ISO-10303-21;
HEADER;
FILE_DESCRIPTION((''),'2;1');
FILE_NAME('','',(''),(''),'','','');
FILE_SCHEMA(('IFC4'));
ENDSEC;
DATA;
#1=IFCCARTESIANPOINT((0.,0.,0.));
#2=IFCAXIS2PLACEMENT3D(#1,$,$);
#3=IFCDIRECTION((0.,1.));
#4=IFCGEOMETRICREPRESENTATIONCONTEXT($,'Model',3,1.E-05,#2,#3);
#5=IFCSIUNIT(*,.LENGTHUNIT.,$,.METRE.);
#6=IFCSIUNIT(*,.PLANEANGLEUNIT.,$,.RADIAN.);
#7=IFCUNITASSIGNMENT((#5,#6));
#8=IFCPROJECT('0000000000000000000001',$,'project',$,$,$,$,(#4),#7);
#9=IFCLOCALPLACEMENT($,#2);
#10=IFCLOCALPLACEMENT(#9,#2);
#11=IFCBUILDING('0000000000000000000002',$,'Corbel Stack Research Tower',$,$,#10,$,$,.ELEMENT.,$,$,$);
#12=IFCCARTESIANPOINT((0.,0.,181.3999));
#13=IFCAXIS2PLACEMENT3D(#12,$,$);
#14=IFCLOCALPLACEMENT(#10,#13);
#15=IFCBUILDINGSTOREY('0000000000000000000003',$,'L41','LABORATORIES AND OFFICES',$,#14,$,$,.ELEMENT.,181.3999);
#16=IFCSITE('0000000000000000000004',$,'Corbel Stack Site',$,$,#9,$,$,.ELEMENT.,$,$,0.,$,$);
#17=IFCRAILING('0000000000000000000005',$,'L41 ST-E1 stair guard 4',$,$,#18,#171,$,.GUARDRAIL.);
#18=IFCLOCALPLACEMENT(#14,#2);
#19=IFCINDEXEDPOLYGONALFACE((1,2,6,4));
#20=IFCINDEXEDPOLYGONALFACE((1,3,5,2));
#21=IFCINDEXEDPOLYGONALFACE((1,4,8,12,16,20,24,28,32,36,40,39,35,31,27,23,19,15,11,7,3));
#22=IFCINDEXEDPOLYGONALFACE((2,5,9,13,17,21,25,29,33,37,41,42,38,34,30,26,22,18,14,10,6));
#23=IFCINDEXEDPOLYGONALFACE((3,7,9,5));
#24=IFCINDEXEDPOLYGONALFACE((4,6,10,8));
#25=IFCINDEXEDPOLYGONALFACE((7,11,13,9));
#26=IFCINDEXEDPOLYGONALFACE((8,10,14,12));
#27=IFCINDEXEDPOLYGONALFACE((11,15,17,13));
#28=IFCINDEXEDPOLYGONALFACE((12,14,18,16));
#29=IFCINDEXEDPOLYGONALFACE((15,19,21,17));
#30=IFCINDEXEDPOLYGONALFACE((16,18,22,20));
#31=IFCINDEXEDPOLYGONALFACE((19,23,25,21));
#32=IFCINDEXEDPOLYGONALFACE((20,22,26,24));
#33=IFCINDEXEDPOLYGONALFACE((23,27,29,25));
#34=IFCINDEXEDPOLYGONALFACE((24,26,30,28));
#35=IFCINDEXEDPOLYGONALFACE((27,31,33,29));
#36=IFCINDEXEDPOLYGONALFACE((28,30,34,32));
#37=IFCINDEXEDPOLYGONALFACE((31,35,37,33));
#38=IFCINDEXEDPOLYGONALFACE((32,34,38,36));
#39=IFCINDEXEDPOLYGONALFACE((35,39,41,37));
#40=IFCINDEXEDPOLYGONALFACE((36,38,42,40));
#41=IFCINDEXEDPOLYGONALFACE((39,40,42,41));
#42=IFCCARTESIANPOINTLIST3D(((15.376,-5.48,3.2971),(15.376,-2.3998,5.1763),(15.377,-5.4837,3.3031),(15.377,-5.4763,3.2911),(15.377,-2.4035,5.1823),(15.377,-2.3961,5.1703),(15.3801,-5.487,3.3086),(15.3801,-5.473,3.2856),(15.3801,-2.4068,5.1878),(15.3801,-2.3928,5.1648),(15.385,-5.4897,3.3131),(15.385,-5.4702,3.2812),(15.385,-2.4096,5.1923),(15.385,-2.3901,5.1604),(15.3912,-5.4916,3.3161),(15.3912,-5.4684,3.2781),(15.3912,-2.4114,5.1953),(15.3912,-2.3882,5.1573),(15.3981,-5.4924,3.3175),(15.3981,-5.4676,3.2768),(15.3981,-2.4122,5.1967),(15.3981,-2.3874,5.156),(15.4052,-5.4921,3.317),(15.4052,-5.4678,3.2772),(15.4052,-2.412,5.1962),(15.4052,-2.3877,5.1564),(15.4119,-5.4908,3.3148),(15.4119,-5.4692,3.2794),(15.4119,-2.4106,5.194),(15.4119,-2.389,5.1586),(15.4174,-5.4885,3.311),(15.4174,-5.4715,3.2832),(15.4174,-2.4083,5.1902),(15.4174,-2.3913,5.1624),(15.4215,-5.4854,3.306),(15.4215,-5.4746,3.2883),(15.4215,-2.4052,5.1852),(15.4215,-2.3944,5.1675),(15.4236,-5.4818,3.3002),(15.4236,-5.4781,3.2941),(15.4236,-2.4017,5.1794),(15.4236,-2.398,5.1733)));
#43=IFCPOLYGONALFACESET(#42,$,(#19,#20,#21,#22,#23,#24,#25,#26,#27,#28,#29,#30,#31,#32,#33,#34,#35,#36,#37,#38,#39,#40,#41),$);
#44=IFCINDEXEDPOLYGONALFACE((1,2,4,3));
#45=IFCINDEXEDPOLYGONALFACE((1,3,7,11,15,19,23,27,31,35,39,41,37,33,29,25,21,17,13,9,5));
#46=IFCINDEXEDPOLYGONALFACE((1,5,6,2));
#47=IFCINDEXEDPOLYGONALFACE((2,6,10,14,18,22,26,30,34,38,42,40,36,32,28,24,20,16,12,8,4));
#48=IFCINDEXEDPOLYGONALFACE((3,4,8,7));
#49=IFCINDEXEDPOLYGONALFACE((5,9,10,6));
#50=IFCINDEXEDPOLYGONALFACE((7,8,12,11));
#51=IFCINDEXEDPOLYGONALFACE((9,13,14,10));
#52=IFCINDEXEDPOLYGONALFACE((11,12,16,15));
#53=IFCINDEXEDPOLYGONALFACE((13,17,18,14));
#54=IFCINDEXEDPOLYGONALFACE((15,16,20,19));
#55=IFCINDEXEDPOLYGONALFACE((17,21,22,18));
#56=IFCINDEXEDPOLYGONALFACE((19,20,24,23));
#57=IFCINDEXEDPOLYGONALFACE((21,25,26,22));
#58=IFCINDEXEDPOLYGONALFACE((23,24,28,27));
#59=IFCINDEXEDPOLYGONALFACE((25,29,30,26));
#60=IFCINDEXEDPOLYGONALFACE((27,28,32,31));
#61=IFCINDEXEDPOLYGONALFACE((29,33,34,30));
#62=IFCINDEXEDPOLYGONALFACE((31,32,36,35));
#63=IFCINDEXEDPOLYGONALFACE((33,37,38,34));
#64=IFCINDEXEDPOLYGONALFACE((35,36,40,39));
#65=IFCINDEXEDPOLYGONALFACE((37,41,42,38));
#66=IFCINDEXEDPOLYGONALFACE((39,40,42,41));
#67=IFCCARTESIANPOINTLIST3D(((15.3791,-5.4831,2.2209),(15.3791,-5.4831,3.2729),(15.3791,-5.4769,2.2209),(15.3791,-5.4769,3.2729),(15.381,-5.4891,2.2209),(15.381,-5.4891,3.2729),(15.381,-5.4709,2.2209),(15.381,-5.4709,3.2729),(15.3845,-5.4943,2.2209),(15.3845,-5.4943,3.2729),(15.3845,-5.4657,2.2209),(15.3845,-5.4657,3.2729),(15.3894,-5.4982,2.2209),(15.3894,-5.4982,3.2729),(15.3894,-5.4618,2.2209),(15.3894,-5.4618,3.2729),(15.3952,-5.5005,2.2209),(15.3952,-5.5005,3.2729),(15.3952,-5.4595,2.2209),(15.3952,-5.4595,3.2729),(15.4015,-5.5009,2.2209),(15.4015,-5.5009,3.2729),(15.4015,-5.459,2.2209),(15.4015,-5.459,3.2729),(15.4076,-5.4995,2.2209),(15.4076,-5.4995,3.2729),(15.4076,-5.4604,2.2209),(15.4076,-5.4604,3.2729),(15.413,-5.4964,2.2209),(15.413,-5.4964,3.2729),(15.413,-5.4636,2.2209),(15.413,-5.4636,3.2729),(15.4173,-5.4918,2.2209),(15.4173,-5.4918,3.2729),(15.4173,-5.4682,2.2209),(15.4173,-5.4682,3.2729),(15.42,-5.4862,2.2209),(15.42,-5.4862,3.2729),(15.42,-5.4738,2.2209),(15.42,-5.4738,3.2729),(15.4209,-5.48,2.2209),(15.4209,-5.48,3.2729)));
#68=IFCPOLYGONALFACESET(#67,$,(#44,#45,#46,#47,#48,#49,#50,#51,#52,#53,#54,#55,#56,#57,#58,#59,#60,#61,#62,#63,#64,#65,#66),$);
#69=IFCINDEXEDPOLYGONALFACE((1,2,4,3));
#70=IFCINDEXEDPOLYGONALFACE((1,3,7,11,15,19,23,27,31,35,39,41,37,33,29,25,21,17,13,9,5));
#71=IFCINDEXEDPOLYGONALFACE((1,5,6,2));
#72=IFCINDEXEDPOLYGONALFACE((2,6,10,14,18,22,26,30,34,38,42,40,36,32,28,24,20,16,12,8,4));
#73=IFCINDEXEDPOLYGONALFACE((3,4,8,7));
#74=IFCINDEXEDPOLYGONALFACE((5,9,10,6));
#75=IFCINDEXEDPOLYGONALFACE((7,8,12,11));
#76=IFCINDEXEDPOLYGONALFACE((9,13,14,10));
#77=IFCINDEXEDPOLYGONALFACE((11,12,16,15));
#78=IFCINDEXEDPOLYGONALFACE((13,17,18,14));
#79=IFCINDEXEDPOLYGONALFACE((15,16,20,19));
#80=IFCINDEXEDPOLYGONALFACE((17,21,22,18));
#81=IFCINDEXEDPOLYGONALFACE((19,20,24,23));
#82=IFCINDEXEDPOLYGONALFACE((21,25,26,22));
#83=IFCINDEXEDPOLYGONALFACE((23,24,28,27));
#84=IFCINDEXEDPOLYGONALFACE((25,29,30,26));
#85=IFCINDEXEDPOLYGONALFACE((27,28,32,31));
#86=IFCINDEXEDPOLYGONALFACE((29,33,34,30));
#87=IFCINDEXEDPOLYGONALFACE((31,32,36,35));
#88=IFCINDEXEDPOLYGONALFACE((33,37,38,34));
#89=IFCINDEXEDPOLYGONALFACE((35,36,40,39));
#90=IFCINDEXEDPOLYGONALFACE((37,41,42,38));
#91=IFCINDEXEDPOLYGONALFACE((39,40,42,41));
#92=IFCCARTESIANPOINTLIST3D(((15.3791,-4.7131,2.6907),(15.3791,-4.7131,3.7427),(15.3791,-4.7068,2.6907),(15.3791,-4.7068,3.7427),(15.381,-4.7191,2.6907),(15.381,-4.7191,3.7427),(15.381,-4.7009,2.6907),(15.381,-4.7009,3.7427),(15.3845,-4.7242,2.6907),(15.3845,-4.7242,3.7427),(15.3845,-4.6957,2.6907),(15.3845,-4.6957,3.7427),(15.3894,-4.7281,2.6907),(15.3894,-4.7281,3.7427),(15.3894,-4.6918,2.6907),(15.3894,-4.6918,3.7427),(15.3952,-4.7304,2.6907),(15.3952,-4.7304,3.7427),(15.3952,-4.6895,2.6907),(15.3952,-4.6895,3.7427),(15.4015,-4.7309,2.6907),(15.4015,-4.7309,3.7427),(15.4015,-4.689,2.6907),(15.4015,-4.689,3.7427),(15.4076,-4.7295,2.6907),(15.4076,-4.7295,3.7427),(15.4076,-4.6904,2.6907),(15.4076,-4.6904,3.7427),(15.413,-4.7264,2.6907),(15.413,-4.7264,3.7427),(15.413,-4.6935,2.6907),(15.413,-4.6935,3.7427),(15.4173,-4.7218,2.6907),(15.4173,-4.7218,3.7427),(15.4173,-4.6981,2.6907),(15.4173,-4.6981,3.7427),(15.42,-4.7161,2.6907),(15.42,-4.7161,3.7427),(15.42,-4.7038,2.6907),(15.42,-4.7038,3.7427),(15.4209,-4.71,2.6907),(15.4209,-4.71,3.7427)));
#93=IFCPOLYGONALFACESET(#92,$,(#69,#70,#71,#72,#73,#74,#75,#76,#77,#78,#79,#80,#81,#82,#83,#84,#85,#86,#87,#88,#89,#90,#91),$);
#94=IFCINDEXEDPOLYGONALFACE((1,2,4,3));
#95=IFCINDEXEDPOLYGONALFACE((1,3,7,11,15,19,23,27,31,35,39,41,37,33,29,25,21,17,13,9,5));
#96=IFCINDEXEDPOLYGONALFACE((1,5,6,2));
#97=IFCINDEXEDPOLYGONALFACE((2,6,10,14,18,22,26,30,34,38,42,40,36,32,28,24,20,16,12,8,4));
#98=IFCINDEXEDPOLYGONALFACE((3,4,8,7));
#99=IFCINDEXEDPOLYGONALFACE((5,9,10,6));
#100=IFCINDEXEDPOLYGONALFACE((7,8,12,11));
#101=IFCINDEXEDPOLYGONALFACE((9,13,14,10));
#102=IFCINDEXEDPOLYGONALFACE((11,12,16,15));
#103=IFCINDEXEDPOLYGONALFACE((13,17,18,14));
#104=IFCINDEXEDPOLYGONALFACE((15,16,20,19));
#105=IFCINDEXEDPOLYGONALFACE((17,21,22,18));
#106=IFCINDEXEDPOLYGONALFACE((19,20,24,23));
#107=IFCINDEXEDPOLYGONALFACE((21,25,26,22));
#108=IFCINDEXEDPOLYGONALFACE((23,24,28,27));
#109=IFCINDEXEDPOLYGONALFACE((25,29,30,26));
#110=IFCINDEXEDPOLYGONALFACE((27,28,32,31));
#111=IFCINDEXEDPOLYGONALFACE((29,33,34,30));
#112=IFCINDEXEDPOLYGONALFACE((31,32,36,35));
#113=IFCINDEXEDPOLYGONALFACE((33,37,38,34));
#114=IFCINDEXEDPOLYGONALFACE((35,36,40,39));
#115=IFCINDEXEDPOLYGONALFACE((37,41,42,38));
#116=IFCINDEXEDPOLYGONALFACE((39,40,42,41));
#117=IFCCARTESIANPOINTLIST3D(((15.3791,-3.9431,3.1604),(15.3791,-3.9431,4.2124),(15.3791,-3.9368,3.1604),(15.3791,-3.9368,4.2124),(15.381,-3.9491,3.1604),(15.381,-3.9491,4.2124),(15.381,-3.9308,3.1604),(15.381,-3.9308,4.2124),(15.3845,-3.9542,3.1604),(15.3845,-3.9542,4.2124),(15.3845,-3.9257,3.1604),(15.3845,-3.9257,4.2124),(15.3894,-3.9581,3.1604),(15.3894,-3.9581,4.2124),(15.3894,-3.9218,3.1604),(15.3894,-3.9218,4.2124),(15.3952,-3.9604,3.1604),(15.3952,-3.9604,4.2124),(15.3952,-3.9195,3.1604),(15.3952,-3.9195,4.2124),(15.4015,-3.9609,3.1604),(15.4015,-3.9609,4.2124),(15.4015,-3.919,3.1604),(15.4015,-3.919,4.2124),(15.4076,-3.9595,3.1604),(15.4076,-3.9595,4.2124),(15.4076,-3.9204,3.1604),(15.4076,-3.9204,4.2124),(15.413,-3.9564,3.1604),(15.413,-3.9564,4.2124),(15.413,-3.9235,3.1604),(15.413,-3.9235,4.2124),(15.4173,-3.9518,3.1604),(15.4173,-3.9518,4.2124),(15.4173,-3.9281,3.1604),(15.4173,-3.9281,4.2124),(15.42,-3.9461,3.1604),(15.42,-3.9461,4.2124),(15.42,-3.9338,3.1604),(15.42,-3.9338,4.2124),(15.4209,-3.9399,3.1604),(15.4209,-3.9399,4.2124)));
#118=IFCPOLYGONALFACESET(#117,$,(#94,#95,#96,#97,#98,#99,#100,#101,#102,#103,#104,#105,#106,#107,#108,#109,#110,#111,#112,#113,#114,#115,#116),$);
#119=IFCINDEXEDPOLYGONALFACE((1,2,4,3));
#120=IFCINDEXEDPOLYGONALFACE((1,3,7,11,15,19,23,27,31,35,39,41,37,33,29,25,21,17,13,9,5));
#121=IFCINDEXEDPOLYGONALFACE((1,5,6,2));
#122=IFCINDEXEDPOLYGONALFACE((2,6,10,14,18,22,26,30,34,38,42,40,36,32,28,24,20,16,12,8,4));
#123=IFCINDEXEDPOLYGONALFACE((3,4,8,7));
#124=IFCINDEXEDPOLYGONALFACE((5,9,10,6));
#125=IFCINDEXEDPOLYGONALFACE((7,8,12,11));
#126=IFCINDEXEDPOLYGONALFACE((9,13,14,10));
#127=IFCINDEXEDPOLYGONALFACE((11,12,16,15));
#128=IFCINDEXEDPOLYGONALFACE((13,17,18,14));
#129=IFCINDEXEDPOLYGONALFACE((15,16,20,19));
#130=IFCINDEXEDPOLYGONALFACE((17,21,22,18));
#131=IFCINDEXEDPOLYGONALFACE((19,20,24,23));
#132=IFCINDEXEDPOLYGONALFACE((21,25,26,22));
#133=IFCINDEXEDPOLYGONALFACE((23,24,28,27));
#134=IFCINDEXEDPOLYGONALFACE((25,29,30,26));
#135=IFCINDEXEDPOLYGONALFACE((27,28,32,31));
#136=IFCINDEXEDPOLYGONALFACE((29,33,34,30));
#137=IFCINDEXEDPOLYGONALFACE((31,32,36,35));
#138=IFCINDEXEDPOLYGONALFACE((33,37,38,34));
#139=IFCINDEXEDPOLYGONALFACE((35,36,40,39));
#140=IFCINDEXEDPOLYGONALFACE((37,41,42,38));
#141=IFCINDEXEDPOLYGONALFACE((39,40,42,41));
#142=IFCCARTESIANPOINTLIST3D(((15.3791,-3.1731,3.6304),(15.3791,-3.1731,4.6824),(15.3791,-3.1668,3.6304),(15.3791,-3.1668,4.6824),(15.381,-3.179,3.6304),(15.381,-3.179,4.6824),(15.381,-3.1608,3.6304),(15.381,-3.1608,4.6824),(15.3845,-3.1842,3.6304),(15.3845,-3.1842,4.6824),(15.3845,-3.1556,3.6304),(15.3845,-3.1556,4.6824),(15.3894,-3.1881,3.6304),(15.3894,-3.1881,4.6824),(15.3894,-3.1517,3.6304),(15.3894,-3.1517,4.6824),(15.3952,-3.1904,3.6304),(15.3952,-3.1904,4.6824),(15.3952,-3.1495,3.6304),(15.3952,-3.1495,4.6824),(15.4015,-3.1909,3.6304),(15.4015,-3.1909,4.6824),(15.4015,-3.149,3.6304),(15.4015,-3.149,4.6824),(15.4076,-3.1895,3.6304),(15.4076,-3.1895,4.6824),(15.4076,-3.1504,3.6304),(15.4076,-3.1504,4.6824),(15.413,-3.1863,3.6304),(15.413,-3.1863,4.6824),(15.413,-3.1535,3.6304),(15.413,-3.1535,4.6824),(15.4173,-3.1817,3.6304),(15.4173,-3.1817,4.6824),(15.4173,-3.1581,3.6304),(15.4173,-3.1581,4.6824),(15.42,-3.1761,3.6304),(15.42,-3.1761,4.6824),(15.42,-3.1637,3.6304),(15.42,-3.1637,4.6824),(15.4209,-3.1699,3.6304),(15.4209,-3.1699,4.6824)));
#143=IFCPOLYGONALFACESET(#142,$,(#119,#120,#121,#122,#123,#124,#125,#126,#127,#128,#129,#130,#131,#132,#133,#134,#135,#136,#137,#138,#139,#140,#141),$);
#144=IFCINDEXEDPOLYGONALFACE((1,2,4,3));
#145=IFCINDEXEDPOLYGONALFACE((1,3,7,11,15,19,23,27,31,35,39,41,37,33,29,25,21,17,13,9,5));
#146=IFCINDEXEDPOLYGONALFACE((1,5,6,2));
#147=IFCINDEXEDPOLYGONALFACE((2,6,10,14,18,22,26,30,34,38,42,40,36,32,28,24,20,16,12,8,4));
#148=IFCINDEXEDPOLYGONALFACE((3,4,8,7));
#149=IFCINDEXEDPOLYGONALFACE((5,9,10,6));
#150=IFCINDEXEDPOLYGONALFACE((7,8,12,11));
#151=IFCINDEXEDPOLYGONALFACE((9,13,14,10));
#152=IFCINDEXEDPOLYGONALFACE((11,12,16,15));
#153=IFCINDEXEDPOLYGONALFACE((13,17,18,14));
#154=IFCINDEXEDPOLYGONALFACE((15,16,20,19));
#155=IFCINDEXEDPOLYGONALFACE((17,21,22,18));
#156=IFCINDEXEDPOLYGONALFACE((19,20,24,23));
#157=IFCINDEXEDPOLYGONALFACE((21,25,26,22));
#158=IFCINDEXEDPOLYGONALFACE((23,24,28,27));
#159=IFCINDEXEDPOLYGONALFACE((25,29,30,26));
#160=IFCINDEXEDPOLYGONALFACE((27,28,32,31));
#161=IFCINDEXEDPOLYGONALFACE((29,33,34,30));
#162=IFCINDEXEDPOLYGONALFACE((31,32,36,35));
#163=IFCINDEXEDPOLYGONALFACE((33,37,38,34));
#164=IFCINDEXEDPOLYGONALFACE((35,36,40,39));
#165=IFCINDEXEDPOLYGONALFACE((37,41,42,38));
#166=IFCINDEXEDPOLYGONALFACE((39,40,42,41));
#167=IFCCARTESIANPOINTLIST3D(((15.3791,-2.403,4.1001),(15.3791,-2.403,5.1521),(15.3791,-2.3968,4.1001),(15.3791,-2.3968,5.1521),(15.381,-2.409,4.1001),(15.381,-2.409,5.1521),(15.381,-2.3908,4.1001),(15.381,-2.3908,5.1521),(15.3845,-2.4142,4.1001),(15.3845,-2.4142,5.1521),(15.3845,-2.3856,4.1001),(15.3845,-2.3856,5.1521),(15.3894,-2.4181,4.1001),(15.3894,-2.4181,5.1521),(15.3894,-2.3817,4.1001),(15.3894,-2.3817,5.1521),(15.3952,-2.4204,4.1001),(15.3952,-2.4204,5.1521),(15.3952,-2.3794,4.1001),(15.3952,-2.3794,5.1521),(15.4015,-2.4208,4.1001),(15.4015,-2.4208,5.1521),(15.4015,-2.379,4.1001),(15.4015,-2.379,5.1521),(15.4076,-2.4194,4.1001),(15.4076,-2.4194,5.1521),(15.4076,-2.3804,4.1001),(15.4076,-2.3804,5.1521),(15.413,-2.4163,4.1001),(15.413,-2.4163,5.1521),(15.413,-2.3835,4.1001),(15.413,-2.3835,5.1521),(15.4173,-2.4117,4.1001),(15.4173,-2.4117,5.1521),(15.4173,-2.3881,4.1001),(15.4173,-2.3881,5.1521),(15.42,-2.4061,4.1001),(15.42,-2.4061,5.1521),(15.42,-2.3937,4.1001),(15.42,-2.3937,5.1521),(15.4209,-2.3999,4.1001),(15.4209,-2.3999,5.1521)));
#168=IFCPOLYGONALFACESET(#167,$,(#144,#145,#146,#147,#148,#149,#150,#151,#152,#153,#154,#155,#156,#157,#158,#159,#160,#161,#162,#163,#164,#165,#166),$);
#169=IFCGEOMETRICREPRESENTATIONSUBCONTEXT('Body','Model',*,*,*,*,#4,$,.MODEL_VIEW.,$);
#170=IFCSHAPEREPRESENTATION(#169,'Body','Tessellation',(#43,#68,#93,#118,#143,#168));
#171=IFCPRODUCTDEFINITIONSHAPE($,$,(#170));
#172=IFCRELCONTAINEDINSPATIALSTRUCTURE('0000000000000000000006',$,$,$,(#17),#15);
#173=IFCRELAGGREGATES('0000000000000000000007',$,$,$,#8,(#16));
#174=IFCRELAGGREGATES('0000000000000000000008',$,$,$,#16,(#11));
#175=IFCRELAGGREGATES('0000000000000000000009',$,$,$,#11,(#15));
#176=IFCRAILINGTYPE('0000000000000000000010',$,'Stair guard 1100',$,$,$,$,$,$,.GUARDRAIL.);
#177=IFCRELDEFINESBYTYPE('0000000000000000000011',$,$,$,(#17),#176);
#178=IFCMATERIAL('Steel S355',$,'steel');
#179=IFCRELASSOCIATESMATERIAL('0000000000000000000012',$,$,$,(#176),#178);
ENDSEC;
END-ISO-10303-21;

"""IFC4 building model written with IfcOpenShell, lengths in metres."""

from ifc_helpers import new_model, si_unit, direction, frame, origin, origin_2d, place, context, subcontext, project, spatial, circle, extrude, material, type_object, element, save


model = new_model("IFC4")

# Units and contexts
model_context = context("Model", 3, precision=1e-05, world=origin(), true_north=direction((0.0, 1.0)))
body_context = subcontext(model_context, "Body", "Model", "MODEL_VIEW")
ifc_project = project(units=[si_unit("LENGTHUNIT", "METRE"), si_unit("PLANEANGLEUNIT", "RADIAN")], contexts=[model_context])

# Site, building, storey
site_placement = place(None, origin())
site = spatial("IfcSite", under=ifc_project, at=site_placement, Name="Corbel Stack Site", CompositionType="ELEMENT", RefElevation=0.0)
building_placement = place(site_placement, origin())
building = spatial("IfcBuilding", under=site, at=building_placement, Name="Corbel Stack Research Tower", CompositionType="ELEMENT")
storey_placement = place(building_placement, frame((0.0, 0.0, 181.3999)))
storey = spatial("IfcBuildingStorey", under=building, at=storey_placement, Name="L41", Description="LABORATORIES AND OFFICES", CompositionType="ELEMENT", Elevation=181.3999)

# Railing
ifc_material_1 = material(Name="Steel S355", Category="steel")
railing_type_1 = type_object("IfcRailingType", Name="Stair guard 1100", PredefinedType="GUARDRAIL", material=ifc_material_1)
railing_1_placement = place(storey_placement, frame((15.3999, -5.48, 2.2209)))
element("IfcRailing", 1, at=railing_1_placement, inside=storey, type_object=railing_type_1, Name="L41 ST-E1 stair guard 4", PredefinedType="GUARDRAIL", context=body_context, shape_type="SweptSolid", body=[
    extrude(circle(Radius=0.0239, at=origin_2d()), frame((0.0, 0.0, 1.0762), z_axis=(0.0, 0.853666, 0.52082), x_axis=(-1.0, 0.0, 0.0)), (0.0, 0.0, 1.0), 3.6082),
    extrude(circle(Radius=0.021, at=origin_2d()), origin(), (0.0, 0.0, 1.0), 1.052),
    extrude(circle(Radius=0.021, at=origin_2d()), frame((0.0, 0.77, 0.4697)), (0.0, 0.0, 1.0), 1.052),
    extrude(circle(Radius=0.021, at=origin_2d()), frame((0.0, 1.54, 0.9395)), (0.0, 0.0, 1.0), 1.052),
    extrude(circle(Radius=0.021, at=origin_2d()), frame((0.0, 2.3101, 1.4094)), (0.0, 0.0, 1.0), 1.052),
    extrude(circle(Radius=0.021, at=origin_2d()), frame((0.0, 3.0801, 1.8792)), (0.0, 0.0, 1.0), 1.052),
])

save(model, "model.ifc")
